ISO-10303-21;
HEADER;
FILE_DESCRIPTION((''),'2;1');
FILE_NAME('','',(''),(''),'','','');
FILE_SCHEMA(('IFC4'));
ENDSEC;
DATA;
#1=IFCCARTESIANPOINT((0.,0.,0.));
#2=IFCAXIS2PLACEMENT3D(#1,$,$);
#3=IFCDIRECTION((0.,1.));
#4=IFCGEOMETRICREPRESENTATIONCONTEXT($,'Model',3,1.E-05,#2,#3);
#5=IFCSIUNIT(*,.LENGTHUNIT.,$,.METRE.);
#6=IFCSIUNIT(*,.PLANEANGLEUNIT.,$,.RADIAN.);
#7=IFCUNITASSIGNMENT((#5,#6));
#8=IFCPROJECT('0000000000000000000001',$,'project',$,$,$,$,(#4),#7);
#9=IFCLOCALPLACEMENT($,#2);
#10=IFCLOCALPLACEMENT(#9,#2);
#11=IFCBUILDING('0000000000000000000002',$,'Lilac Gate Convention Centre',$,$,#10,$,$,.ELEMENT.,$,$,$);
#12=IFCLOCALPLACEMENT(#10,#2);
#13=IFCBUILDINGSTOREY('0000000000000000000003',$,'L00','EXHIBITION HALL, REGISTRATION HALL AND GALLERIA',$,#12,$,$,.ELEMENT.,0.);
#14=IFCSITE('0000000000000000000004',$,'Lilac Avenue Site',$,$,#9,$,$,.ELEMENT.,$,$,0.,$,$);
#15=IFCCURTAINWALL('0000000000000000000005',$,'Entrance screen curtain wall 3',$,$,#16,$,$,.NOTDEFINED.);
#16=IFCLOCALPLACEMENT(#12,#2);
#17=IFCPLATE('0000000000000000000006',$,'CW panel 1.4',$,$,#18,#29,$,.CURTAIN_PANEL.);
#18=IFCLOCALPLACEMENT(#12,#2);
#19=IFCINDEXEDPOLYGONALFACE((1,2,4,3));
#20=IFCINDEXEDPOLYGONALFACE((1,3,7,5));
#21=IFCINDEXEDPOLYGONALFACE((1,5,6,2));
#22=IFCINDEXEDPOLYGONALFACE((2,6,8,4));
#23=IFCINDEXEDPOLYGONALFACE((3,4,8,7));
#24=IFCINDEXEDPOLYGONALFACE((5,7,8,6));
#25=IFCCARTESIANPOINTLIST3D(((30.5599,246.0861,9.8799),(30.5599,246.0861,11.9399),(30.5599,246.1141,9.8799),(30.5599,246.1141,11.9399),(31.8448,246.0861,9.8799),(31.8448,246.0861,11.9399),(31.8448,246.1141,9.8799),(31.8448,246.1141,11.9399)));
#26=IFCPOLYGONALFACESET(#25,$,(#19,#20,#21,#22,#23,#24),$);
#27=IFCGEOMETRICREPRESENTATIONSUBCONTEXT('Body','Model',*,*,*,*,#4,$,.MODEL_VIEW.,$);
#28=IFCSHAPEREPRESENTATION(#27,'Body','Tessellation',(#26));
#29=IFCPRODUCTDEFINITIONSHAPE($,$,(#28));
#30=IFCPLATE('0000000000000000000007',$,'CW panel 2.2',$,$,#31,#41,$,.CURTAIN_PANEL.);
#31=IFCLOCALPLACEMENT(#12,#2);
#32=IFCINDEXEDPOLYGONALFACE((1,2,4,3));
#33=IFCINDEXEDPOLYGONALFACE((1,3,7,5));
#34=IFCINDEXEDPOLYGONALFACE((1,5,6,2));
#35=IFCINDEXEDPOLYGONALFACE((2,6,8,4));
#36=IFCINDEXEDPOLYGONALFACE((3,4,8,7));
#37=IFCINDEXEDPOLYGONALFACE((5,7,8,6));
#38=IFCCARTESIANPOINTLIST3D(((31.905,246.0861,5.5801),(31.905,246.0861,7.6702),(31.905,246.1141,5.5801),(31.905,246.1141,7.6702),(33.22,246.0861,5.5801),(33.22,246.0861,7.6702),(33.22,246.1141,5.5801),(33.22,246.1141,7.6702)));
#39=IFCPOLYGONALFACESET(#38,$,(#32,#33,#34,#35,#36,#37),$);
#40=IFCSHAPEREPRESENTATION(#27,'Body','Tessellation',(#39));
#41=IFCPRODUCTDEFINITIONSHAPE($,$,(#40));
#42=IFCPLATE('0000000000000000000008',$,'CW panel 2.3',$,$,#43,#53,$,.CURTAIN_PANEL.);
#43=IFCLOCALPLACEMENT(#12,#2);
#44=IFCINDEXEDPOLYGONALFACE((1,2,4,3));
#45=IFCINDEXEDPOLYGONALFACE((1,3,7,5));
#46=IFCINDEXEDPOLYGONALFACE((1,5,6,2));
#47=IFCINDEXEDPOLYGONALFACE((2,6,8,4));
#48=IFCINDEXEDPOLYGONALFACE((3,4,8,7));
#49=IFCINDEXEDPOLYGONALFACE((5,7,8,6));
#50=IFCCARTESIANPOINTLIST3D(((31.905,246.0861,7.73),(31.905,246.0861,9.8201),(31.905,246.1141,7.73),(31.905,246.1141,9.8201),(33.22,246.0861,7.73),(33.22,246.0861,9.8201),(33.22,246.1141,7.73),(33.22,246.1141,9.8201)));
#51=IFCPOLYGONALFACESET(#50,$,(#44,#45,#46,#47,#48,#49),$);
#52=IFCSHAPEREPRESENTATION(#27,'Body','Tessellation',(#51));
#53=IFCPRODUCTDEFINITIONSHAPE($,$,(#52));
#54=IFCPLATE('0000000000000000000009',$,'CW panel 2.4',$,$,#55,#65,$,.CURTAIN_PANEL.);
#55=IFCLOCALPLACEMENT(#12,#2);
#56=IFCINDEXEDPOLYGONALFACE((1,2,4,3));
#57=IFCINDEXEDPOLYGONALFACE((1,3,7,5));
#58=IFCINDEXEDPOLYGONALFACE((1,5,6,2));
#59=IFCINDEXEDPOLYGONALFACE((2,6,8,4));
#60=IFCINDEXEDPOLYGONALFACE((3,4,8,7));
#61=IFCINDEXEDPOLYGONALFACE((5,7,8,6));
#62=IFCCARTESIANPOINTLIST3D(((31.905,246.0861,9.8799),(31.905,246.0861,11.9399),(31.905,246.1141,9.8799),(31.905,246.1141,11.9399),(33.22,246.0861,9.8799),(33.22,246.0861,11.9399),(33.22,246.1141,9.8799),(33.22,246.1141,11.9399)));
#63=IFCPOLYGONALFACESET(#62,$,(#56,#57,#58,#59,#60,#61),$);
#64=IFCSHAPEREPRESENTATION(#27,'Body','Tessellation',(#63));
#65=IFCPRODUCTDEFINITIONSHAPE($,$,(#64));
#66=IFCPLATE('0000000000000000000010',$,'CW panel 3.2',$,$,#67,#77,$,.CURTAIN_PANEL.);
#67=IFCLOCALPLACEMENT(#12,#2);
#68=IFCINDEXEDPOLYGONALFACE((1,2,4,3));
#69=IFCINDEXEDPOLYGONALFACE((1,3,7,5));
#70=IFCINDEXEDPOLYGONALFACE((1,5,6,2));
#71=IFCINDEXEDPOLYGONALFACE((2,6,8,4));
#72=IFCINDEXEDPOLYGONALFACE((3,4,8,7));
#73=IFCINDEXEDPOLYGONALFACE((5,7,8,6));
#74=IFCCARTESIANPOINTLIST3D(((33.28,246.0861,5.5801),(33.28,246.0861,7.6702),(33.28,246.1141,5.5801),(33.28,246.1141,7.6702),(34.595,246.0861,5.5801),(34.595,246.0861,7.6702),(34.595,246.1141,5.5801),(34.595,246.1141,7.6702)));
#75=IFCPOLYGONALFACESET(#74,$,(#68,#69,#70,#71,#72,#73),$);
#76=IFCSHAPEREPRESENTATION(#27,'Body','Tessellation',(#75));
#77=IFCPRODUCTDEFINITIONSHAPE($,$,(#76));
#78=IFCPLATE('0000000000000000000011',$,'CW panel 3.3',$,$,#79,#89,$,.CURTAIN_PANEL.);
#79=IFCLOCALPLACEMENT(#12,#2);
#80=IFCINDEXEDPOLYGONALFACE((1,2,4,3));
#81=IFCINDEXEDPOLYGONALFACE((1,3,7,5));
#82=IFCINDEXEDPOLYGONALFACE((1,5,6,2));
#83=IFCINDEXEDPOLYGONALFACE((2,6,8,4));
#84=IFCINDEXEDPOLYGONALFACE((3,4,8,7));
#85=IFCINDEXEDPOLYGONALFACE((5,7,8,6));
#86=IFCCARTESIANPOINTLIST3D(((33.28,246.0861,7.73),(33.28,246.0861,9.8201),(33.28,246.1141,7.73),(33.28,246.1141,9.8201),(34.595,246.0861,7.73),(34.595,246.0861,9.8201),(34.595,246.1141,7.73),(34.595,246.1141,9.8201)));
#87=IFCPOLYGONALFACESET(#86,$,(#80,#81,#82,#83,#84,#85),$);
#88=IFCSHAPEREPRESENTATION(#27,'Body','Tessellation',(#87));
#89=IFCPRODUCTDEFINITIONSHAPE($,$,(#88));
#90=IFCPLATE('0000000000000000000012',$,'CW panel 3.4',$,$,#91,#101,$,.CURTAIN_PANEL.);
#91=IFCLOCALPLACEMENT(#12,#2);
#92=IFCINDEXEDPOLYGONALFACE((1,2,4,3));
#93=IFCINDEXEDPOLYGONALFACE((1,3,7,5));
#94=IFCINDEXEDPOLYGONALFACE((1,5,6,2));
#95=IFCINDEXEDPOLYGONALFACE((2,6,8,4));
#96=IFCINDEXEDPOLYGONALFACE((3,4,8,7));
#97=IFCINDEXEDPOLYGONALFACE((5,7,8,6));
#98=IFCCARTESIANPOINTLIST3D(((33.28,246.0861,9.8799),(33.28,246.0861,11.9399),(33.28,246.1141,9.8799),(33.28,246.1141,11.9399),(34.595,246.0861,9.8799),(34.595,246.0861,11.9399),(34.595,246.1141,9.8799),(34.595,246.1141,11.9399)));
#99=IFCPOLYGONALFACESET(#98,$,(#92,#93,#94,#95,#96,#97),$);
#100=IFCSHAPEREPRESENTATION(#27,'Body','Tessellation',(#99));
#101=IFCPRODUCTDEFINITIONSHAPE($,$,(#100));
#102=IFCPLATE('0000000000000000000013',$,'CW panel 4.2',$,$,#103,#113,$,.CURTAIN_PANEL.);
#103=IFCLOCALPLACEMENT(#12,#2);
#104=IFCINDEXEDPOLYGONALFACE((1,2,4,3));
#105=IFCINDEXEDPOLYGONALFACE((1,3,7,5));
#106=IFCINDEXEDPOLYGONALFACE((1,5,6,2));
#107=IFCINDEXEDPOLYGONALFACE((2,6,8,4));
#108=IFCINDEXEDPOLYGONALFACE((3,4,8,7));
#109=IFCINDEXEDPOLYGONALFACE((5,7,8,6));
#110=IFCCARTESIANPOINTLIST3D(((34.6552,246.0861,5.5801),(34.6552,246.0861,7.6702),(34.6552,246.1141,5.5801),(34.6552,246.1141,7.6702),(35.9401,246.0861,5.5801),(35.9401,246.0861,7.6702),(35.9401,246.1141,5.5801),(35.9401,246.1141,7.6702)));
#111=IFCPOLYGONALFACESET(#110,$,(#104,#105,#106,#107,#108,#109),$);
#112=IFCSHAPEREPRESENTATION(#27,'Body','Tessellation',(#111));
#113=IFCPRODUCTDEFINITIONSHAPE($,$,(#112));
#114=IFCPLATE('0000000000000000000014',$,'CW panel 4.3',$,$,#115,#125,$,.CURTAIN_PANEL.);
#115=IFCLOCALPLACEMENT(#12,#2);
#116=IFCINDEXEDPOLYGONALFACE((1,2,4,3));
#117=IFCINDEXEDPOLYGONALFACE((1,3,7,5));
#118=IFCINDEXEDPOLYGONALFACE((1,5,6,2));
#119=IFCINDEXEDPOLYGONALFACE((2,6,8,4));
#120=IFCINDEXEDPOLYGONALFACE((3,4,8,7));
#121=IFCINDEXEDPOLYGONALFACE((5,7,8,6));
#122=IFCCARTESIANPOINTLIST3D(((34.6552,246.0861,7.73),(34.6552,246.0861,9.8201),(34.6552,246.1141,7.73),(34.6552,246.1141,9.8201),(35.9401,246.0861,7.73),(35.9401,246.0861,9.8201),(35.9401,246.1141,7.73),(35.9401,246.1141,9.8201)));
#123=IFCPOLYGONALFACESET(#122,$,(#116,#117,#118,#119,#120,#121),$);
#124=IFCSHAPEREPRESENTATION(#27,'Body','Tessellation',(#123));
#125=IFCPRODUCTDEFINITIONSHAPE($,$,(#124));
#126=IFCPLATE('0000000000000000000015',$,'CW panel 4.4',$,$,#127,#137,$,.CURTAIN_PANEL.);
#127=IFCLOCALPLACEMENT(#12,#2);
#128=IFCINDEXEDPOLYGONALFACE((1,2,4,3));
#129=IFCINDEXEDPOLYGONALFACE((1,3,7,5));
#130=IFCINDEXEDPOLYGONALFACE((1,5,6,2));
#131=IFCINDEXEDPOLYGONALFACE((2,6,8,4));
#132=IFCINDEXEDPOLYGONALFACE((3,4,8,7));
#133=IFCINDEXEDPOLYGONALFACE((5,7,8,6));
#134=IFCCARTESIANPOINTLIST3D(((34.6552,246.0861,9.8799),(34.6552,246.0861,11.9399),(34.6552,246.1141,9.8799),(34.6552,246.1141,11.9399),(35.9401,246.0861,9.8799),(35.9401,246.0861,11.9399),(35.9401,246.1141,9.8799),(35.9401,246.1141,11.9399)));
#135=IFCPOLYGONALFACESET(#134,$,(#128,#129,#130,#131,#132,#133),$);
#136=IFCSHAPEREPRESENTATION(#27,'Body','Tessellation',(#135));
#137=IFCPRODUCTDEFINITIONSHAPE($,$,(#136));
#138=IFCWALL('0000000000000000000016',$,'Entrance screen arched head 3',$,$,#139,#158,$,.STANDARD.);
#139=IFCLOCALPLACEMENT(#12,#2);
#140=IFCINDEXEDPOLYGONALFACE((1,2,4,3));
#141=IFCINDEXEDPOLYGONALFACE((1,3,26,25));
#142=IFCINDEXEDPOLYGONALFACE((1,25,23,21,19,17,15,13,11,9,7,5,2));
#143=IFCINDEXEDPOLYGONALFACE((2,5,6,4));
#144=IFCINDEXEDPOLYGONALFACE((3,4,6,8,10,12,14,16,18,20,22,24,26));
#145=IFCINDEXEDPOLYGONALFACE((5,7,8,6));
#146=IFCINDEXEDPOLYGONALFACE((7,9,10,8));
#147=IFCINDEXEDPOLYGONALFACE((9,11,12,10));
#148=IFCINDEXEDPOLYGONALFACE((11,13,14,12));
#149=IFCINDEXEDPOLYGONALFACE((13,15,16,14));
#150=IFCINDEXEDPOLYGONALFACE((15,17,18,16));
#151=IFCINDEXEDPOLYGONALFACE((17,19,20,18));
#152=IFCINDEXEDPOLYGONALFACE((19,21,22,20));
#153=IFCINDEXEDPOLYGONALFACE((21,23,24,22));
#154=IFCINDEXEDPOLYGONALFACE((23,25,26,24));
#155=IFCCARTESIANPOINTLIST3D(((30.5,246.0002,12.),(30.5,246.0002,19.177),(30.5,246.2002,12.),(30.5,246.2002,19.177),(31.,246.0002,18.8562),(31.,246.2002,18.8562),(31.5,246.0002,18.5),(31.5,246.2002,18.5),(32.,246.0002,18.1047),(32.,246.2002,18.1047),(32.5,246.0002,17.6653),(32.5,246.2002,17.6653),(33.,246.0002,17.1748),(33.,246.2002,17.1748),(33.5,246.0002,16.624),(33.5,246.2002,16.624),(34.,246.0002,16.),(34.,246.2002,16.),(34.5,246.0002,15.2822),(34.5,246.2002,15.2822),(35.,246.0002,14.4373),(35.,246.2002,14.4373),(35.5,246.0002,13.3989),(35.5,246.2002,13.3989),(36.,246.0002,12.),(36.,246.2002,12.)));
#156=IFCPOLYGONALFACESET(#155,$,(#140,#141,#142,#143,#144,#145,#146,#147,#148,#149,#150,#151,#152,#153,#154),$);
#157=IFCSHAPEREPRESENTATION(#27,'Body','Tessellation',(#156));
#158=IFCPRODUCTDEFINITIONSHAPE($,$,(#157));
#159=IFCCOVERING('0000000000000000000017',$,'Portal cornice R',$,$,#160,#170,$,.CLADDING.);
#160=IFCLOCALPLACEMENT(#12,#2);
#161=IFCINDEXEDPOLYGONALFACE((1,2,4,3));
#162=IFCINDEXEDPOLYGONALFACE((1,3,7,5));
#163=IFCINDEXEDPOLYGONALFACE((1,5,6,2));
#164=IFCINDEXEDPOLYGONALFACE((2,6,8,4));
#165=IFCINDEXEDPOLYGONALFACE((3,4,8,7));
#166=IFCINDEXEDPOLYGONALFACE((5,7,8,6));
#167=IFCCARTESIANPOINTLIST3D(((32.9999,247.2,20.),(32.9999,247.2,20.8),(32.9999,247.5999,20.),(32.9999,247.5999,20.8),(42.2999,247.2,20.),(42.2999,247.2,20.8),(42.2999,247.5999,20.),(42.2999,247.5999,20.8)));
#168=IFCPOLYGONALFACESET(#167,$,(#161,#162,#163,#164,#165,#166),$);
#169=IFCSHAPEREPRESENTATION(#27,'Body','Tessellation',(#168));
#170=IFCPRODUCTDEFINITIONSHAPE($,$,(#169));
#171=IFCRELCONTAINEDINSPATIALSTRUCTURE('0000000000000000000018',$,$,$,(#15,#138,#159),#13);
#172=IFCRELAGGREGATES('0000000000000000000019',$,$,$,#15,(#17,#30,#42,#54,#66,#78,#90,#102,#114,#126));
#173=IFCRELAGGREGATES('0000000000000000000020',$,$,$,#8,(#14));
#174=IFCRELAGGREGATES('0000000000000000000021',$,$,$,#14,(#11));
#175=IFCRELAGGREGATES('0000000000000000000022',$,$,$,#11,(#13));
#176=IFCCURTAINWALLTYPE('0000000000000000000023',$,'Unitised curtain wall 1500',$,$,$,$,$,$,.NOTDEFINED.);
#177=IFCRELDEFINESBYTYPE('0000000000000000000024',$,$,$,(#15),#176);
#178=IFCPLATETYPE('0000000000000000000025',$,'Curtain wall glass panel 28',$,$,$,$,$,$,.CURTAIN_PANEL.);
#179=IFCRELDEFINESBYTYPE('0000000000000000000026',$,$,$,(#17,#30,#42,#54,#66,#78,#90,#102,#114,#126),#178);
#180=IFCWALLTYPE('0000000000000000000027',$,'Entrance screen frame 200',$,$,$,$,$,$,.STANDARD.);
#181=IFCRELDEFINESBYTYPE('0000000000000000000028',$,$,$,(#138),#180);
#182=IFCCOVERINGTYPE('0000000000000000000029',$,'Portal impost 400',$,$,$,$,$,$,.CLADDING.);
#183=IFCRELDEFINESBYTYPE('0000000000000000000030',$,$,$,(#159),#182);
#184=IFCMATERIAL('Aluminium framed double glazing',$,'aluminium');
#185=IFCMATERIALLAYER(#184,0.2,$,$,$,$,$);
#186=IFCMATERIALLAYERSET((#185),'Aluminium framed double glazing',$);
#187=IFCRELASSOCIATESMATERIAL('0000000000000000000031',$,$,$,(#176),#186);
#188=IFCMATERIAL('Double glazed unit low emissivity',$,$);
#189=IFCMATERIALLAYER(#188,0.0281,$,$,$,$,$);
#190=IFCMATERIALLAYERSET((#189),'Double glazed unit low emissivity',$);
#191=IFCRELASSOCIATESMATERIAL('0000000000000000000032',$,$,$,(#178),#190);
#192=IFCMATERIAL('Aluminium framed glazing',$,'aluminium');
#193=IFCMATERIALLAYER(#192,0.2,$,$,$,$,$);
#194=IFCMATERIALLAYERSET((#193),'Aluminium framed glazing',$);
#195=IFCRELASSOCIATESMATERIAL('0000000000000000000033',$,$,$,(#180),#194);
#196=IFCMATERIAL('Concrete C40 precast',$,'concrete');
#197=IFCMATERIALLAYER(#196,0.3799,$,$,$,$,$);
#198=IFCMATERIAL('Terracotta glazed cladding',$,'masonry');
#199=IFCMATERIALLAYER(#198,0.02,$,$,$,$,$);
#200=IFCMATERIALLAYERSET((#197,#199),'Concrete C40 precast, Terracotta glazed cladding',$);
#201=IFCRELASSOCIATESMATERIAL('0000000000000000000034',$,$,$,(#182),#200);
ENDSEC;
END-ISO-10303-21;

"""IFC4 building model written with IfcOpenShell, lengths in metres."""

from ifc_helpers import new_model, si_unit, direction, frame, frame_2d, origin, origin_2d, place, context, subcontext, project, spatial, polyline, rectangle, outline, extrude, material, layer, layer_set, type_object, element, aggregate, save


model = new_model("IFC4")

# Units and contexts
model_context = context("Model", 3, precision=1e-05, world=origin(), true_north=direction((0.0, 1.0)))
body_context = subcontext(model_context, "Body", "Model", "MODEL_VIEW")
ifc_project = project(units=[si_unit("LENGTHUNIT", "METRE"), si_unit("PLANEANGLEUNIT", "RADIAN")], contexts=[model_context])

# Site, building, storey
site_placement = place(None, origin())
site = spatial("IfcSite", under=ifc_project, at=site_placement, Name="Lilac Avenue Site", CompositionType="ELEMENT", RefElevation=0.0)
building_placement = place(site_placement, origin())
building = spatial("IfcBuilding", under=site, at=building_placement, Name="Lilac Gate Convention Centre", CompositionType="ELEMENT")
storey_placement = place(building_placement, origin())
storey = spatial("IfcBuildingStorey", under=building, at=storey_placement, Name="L00", Description="EXHIBITION HALL, REGISTRATION HALL AND GALLERIA", CompositionType="ELEMENT", Elevation=0.0)

# Curtain wall, plates
ifc_material_1 = material(Name="Aluminium framed double glazing", Category="aluminium")
ifc_layer_1 = layer(ifc_material_1, 0.2)
ifc_layer_set_1 = layer_set([ifc_layer_1], Name="Aluminium framed double glazing")
curtain_wall_type = type_object("IfcCurtainWallType", Name="Unitised curtain wall 1500", PredefinedType="NOTDEFINED", material=ifc_layer_set_1)
curtain_wall_placement = place(storey_placement, origin())
curtain_wall = element("IfcCurtainWall", 1, at=curtain_wall_placement, inside=storey, type_object=curtain_wall_type, Name="Entrance screen curtain wall 3", PredefinedType="NOTDEFINED")
ifc_material_2 = material(Name="Double glazed unit low emissivity")
ifc_layer_2 = layer(ifc_material_2, 0.0281)
ifc_layer_set_2 = layer_set([ifc_layer_2], Name="Double glazed unit low emissivity")
plate_type = type_object("IfcPlateType", Name="Curtain wall glass panel 28", PredefinedType="CURTAIN_PANEL", material=ifc_layer_set_2)
plate_1_placement = place(storey_placement, frame((31.2024, 246.1001, 9.8799), z_axis=(0.0, 0.0, 1.0), x_axis=(1.0, 0.0, 0.0)))
plate_1 = element("IfcPlate", 2, at=plate_1_placement, type_object=plate_type, Name="CW panel 1.4", PredefinedType="CURTAIN_PANEL", context=body_context, shape_type="SweptSolid", body=[
    extrude(rectangle(XDim=1.2849, YDim=0.0281, at=origin_2d()), origin(), (0.0, 0.0, 1.0), 2.0601),
])
plate_2_placement = place(storey_placement, frame((32.5625, 246.1001, 5.5801), z_axis=(0.0, 0.0, 1.0), x_axis=(1.0, 0.0, 0.0)))
plate_2 = element("IfcPlate", 3, at=plate_2_placement, type_object=plate_type, Name="CW panel 2.2", PredefinedType="CURTAIN_PANEL", context=body_context, shape_type="SweptSolid", body=[
    extrude(rectangle(XDim=1.3149, YDim=0.0281, at=origin_2d()), origin(), (0.0, 0.0, 1.0), 2.0901),
])
plate_3_placement = place(storey_placement, frame((32.5625, 246.1001, 7.73), z_axis=(0.0, 0.0, 1.0), x_axis=(1.0, 0.0, 0.0)))
plate_3 = element("IfcPlate", 4, at=plate_3_placement, type_object=plate_type, Name="CW panel 2.3", PredefinedType="CURTAIN_PANEL", context=body_context, shape_type="SweptSolid", body=[
    extrude(rectangle(XDim=1.3149, YDim=0.0281, at=origin_2d()), origin(), (0.0, 0.0, 1.0), 2.0901),
])
plate_4_placement = place(storey_placement, frame((32.5625, 246.1001, 9.8799), z_axis=(0.0, 0.0, 1.0), x_axis=(1.0, 0.0, 0.0)))
plate_4 = element("IfcPlate", 5, at=plate_4_placement, type_object=plate_type, Name="CW panel 2.4", PredefinedType="CURTAIN_PANEL", context=body_context, shape_type="SweptSolid", body=[
    extrude(rectangle(XDim=1.3149, YDim=0.0281, at=origin_2d()), origin(), (0.0, 0.0, 1.0), 2.0601),
])
plate_5_placement = place(storey_placement, frame((33.9375, 246.1001, 5.5801), z_axis=(0.0, 0.0, 1.0), x_axis=(1.0, 0.0, 0.0)))
plate_5 = element("IfcPlate", 6, at=plate_5_placement, type_object=plate_type, Name="CW panel 3.2", PredefinedType="CURTAIN_PANEL", context=body_context, shape_type="SweptSolid", body=[
    extrude(rectangle(XDim=1.3149, YDim=0.0281, at=origin_2d()), origin(), (0.0, 0.0, 1.0), 2.0901),
])
plate_6_placement = place(storey_placement, frame((33.9375, 246.1001, 7.73), z_axis=(0.0, 0.0, 1.0), x_axis=(1.0, 0.0, 0.0)))
plate_6 = element("IfcPlate", 7, at=plate_6_placement, type_object=plate_type, Name="CW panel 3.3", PredefinedType="CURTAIN_PANEL", context=body_context, shape_type="SweptSolid", body=[
    extrude(rectangle(XDim=1.3149, YDim=0.0281, at=origin_2d()), origin(), (0.0, 0.0, 1.0), 2.0901),
])
plate_7_placement = place(storey_placement, frame((33.9375, 246.1001, 9.8799), z_axis=(0.0, 0.0, 1.0), x_axis=(1.0, 0.0, 0.0)))
plate_7 = element("IfcPlate", 8, at=plate_7_placement, type_object=plate_type, Name="CW panel 3.4", PredefinedType="CURTAIN_PANEL", context=body_context, shape_type="SweptSolid", body=[
    extrude(rectangle(XDim=1.3149, YDim=0.0281, at=origin_2d()), origin(), (0.0, 0.0, 1.0), 2.0601),
])
plate_8_placement = place(storey_placement, frame((35.2976, 246.1001, 5.5801), z_axis=(0.0, 0.0, 1.0), x_axis=(1.0, 0.0, 0.0)))
plate_8 = element("IfcPlate", 9, at=plate_8_placement, type_object=plate_type, Name="CW panel 4.2", PredefinedType="CURTAIN_PANEL", context=body_context, shape_type="SweptSolid", body=[
    extrude(rectangle(XDim=1.2849, YDim=0.0281, at=origin_2d()), origin(), (0.0, 0.0, 1.0), 2.0901),
])
plate_9_placement = place(storey_placement, frame((35.2976, 246.1001, 7.73), z_axis=(0.0, 0.0, 1.0), x_axis=(1.0, 0.0, 0.0)))
plate_9 = element("IfcPlate", 10, at=plate_9_placement, type_object=plate_type, Name="CW panel 4.3", PredefinedType="CURTAIN_PANEL", context=body_context, shape_type="SweptSolid", body=[
    extrude(rectangle(XDim=1.2849, YDim=0.0281, at=origin_2d()), origin(), (0.0, 0.0, 1.0), 2.0901),
])
plate_10_placement = place(storey_placement, frame((35.2976, 246.1001, 9.8799), z_axis=(0.0, 0.0, 1.0), x_axis=(1.0, 0.0, 0.0)))
plate_10 = element("IfcPlate", 11, at=plate_10_placement, type_object=plate_type, Name="CW panel 4.4", PredefinedType="CURTAIN_PANEL", context=body_context, shape_type="SweptSolid", body=[
    extrude(rectangle(XDim=1.2849, YDim=0.0281, at=origin_2d()), origin(), (0.0, 0.0, 1.0), 2.0601),
])
aggregate(curtain_wall, [plate_1, plate_2, plate_3, plate_4, plate_5, plate_6, plate_7, plate_8, plate_9, plate_10])

# Wall
ifc_material_3 = material(Name="Aluminium framed glazing", Category="aluminium")
ifc_layer_3 = layer(ifc_material_3, 0.2)
ifc_layer_set_3 = layer_set([ifc_layer_3], Name="Aluminium framed glazing")
wall_type = type_object("IfcWallType", Name="Entrance screen frame 200", PredefinedType="STANDARD", material=ifc_layer_set_3)
wall_placement = place(storey_placement, frame((30.5, 246.1001, 12.0), z_axis=(0.0, 0.0, 1.0), x_axis=(1.0, 0.0, 0.0)))
element("IfcWall", 12, at=wall_placement, inside=storey, type_object=wall_type, Name="Entrance screen arched head 3", PredefinedType="STANDARD", context=body_context, shape_type="SweptSolid", body=[
    extrude(outline(polyline([(0.0, 0.0), (5.5, 0.0), (5.5, 0.0), (5.0, 1.3989), (4.5, 2.4373), (4.0, 3.2822), (3.5, 4.0), (3.0, 4.624), (2.5, 5.1748), (2.0, 5.6653), (1.5, 6.1047), (1.0, 6.5), (0.5, 6.8562), (0.0, 7.177), (0.0, 0.0)])), frame((0.0, 0.1001, 0.0), z_axis=(0.0, -1.0, 0.0), x_axis=(1.0, 0.0, 0.0)), (0.0, 0.0, 1.0), 0.2),
])

# Covering
ifc_material_4 = material(Name="Concrete C40 precast", Category="concrete")
ifc_layer_4 = layer(ifc_material_4, 0.3799)
ifc_material_5 = material(Name="Terracotta glazed cladding", Category="masonry")
ifc_layer_5 = layer(ifc_material_5, 0.02)
ifc_layer_set_4 = layer_set([ifc_layer_4, ifc_layer_5], Name="Concrete C40 precast, Terracotta glazed cladding")
covering_type = type_object("IfcCoveringType", Name="Portal impost 400", PredefinedType="CLADDING", material=ifc_layer_set_4)
covering_placement = place(storey_placement, frame((33.0, 247.3999, 20.0), z_axis=(0.0, 0.0, 1.0), x_axis=(1.0, 0.0, 0.0)))
element("IfcCovering", 13, at=covering_placement, inside=storey, type_object=covering_type, Name="Portal cornice R", PredefinedType="CLADDING", context=body_context, shape_type="SweptSolid", body=[
    extrude(rectangle(XDim=9.3, YDim=0.3999, at=frame_2d((4.6499, 0.0))), origin(), (0.0, 0.0, 1.0), 0.8),
])

save(model, "model.ifc")
